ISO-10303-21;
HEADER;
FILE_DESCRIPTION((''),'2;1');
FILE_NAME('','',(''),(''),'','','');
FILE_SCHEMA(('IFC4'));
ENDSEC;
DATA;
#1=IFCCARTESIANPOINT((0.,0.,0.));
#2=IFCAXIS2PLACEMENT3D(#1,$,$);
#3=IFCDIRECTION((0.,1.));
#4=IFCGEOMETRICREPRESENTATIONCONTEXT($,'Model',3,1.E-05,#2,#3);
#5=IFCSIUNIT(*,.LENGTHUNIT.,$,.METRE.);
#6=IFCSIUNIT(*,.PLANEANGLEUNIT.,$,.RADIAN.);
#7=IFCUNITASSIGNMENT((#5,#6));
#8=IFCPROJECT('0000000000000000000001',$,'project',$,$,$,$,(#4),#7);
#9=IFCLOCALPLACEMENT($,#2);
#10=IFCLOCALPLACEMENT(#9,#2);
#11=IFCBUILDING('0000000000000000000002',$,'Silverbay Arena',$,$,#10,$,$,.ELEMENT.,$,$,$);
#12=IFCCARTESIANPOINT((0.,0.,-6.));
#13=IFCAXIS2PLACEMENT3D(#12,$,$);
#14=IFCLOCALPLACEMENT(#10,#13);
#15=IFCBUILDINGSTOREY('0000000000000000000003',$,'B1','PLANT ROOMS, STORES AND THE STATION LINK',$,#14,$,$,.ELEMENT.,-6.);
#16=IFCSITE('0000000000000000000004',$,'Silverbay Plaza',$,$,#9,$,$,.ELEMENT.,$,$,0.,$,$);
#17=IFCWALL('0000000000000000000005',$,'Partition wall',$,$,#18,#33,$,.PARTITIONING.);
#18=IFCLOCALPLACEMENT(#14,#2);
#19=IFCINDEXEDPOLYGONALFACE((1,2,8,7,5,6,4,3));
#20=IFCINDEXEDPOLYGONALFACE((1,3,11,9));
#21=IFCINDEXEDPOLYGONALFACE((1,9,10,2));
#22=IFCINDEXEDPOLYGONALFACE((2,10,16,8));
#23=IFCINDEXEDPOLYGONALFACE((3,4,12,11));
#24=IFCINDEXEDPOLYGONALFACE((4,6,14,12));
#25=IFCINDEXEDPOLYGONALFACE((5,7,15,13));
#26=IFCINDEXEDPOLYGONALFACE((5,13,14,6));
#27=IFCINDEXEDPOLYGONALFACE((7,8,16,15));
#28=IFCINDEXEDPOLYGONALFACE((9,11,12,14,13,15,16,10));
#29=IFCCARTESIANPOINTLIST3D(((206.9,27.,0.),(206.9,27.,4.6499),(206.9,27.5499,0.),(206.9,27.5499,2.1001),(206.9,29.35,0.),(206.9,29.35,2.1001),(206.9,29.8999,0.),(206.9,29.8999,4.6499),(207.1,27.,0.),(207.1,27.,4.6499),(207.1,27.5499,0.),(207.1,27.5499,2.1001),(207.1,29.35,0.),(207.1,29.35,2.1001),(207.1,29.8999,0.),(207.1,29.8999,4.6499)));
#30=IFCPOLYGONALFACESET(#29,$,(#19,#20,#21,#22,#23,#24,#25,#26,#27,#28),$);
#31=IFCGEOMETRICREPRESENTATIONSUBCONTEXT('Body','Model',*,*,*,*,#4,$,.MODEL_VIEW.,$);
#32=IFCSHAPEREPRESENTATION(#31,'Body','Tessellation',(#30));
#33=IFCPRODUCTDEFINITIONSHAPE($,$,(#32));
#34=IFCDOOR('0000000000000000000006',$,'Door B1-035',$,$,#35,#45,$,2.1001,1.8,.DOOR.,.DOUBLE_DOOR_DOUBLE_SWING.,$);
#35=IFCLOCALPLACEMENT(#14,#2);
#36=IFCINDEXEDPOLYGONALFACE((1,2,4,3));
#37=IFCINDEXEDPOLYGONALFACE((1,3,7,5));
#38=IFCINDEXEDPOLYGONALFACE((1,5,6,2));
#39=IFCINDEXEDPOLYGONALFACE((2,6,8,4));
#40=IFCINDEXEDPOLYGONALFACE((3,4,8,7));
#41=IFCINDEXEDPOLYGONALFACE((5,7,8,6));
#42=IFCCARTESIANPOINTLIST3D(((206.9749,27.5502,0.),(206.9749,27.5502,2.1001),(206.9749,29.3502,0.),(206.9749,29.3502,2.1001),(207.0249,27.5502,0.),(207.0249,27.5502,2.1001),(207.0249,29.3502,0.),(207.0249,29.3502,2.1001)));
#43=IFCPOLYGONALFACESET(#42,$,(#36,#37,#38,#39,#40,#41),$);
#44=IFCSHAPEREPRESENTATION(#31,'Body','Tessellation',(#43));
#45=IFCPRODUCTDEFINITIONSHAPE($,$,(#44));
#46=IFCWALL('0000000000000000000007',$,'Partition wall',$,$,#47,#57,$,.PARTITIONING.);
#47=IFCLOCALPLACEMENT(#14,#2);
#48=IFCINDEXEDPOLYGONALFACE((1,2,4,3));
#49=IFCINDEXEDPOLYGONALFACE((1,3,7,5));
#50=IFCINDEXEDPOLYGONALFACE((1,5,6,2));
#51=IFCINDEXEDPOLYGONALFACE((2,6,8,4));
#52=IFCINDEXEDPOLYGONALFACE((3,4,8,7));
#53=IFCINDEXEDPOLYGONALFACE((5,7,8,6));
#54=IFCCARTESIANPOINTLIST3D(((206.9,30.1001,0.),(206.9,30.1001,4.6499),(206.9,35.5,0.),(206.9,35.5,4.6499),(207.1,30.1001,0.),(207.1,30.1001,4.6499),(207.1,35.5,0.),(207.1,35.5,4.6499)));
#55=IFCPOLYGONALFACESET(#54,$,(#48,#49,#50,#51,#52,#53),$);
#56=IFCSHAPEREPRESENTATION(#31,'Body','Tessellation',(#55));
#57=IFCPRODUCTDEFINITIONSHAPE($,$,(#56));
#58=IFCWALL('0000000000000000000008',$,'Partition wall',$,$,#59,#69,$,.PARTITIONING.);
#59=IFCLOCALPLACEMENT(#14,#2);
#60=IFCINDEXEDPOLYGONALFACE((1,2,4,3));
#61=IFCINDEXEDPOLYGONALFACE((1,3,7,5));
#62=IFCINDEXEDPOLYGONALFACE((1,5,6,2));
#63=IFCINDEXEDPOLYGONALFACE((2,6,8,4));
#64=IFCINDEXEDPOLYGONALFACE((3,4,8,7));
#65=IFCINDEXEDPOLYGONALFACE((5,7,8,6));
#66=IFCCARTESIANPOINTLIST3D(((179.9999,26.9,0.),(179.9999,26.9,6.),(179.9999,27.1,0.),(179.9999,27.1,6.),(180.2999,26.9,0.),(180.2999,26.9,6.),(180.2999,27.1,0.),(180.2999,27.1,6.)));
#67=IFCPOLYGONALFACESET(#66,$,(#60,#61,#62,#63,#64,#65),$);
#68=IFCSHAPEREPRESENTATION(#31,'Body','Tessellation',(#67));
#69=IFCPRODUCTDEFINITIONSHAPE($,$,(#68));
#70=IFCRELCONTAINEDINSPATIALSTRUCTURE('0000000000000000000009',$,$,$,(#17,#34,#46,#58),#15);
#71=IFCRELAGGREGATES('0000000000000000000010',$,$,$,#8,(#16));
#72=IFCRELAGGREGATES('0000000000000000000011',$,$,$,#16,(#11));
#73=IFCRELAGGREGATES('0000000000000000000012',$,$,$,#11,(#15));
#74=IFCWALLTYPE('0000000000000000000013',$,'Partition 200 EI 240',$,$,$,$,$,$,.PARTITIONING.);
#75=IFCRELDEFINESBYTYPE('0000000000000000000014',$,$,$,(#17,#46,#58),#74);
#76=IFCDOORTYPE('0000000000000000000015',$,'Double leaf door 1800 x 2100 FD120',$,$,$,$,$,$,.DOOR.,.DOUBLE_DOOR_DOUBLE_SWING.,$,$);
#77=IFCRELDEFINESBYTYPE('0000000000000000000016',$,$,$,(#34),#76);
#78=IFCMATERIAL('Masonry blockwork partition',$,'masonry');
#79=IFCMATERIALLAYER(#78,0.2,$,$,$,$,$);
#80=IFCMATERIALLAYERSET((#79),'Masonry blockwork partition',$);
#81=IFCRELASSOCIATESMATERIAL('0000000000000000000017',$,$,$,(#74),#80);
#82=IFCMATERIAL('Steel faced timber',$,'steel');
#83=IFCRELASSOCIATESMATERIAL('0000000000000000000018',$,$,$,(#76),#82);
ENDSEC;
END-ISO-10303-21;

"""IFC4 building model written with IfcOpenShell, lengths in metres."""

from ifc_helpers import new_model, si_unit, direction, frame, frame_2d, origin, place, context, subcontext, project, spatial, rectangle, extrude, material, layer, layer_set, type_object, element, fill, save


model = new_model("IFC4")

# Units and contexts
model_context = context("Model", 3, precision=1e-05, world=origin(), true_north=direction((0.0, 1.0)))
body_context = subcontext(model_context, "Body", "Model", "MODEL_VIEW")
ifc_project = project(units=[si_unit("LENGTHUNIT", "METRE"), si_unit("PLANEANGLEUNIT", "RADIAN")], contexts=[model_context])

# Site, building, storey
site_placement = place(None, origin())
site = spatial("IfcSite", under=ifc_project, at=site_placement, Name="Silverbay Plaza", CompositionType="ELEMENT", RefElevation=0.0)
building_placement = place(site_placement, origin())
building = spatial("IfcBuilding", under=site, at=building_placement, Name="Silverbay Arena", CompositionType="ELEMENT")
storey_placement = place(building_placement, frame((0.0, 0.0, -6.0)))
storey = spatial("IfcBuildingStorey", under=building, at=storey_placement, Name="B1", Description="PLANT ROOMS, STORES AND THE STATION LINK", CompositionType="ELEMENT", Elevation=-6.0)

# Shared definitions
ifc_material_1 = material(Name="Masonry blockwork partition", Category="masonry")
ifc_layer_1 = layer(ifc_material_1, 0.2)
ifc_layer_set_1 = layer_set([ifc_layer_1], Name="Masonry blockwork partition")
wall_type_1 = type_object("IfcWallType", Name="Partition 200 EI 240", PredefinedType="PARTITIONING", material=ifc_layer_set_1)
ifc_material_2 = material(Name="Steel faced timber", Category="steel")
door_type_1 = type_object("IfcDoorType", Name="Double leaf door 1800 x 2100 FD120", OperationType="DOUBLE_DOOR_DOUBLE_SWING", PredefinedType="DOOR", material=ifc_material_2)

# Wall, opening, door
wall_1_placement = place(storey_placement, frame((207.0, 27.0, 0.0), z_axis=(0.0, 0.0, 1.0), x_axis=(0.0, 1.0, 0.0)))
wall_1 = element("IfcWall", 1, at=wall_1_placement, inside=storey, type_object=wall_type_1, Name="Partition wall", PredefinedType="PARTITIONING", context=body_context, shape_type="SweptSolid", body=[
    extrude(rectangle(XDim=2.8999, YDim=0.2, at=frame_2d((1.45, 0.0))), origin(), (0.0, 0.0, 1.0), 4.6499),
])
opening_1_placement = place(wall_1_placement, frame((0.55, 0.0, 0.0)))
opening_1 = element("IfcOpeningElement", 2, at=opening_1_placement, cuts=wall_1, PredefinedType="OPENING", context=body_context, shape_type="SweptSolid", body=[
    extrude(rectangle(XDim=1.8, YDim=2.1001, at=frame_2d((0.8999, 1.05))), frame((0.0, 0.1099, 0.0), z_axis=(0.0, -1.0, 0.0), x_axis=(1.0, 0.0, 0.0)), (0.0, 0.0, 1.0), 0.22),
])
door_1_placement = place(opening_1_placement, frame((1.8, 0.0, 0.0), z_axis=(0.0, 0.0, 1.0), x_axis=(-1.0, 0.0, 0.0)))
door_1 = element("IfcDoor", 3, at=door_1_placement, inside=storey, type_object=door_type_1, Name="Door B1-035", OperationType="DOUBLE_DOOR_DOUBLE_SWING", OverallHeight=2.1001, OverallWidth=1.8, PredefinedType="DOOR", context=body_context, shape_type="SweptSolid", body=[
    extrude(rectangle(XDim=1.8, YDim=2.1001, at=frame_2d((0.8999, 1.05))), frame((0.0, 0.0249, 0.0), z_axis=(0.0, -1.0, 0.0), x_axis=(1.0, 0.0, 0.0)), (0.0, 0.0, 1.0), 0.05),
])
fill(opening_1, door_1)

# Walls
wall_2_placement = place(storey_placement, frame((207.0, 30.1001, 0.0), z_axis=(0.0, 0.0, 1.0), x_axis=(0.0, 1.0, 0.0)))
element("IfcWall", 4, at=wall_2_placement, inside=storey, type_object=wall_type_1, Name="Partition wall", PredefinedType="PARTITIONING", context=body_context, shape_type="SweptSolid", body=[
    extrude(rectangle(XDim=5.3999, YDim=0.2, at=frame_2d((2.7, 0.0))), origin(), (0.0, 0.0, 1.0), 4.6499),
])
wall_3_placement = place(storey_placement, frame((180.0, 27.0, 0.0), z_axis=(0.0, 0.0, 1.0), x_axis=(1.0, 0.0, 0.0)))
element("IfcWall", 5, at=wall_3_placement, inside=storey, type_object=wall_type_1, Name="Partition wall", PredefinedType="PARTITIONING", context=body_context, shape_type="SweptSolid", body=[
    extrude(rectangle(XDim=0.3, YDim=0.2, at=frame_2d((0.1499, 0.0))), origin(), (0.0, 0.0, 1.0), 6.0),
])

save(model, "model.ifc")
